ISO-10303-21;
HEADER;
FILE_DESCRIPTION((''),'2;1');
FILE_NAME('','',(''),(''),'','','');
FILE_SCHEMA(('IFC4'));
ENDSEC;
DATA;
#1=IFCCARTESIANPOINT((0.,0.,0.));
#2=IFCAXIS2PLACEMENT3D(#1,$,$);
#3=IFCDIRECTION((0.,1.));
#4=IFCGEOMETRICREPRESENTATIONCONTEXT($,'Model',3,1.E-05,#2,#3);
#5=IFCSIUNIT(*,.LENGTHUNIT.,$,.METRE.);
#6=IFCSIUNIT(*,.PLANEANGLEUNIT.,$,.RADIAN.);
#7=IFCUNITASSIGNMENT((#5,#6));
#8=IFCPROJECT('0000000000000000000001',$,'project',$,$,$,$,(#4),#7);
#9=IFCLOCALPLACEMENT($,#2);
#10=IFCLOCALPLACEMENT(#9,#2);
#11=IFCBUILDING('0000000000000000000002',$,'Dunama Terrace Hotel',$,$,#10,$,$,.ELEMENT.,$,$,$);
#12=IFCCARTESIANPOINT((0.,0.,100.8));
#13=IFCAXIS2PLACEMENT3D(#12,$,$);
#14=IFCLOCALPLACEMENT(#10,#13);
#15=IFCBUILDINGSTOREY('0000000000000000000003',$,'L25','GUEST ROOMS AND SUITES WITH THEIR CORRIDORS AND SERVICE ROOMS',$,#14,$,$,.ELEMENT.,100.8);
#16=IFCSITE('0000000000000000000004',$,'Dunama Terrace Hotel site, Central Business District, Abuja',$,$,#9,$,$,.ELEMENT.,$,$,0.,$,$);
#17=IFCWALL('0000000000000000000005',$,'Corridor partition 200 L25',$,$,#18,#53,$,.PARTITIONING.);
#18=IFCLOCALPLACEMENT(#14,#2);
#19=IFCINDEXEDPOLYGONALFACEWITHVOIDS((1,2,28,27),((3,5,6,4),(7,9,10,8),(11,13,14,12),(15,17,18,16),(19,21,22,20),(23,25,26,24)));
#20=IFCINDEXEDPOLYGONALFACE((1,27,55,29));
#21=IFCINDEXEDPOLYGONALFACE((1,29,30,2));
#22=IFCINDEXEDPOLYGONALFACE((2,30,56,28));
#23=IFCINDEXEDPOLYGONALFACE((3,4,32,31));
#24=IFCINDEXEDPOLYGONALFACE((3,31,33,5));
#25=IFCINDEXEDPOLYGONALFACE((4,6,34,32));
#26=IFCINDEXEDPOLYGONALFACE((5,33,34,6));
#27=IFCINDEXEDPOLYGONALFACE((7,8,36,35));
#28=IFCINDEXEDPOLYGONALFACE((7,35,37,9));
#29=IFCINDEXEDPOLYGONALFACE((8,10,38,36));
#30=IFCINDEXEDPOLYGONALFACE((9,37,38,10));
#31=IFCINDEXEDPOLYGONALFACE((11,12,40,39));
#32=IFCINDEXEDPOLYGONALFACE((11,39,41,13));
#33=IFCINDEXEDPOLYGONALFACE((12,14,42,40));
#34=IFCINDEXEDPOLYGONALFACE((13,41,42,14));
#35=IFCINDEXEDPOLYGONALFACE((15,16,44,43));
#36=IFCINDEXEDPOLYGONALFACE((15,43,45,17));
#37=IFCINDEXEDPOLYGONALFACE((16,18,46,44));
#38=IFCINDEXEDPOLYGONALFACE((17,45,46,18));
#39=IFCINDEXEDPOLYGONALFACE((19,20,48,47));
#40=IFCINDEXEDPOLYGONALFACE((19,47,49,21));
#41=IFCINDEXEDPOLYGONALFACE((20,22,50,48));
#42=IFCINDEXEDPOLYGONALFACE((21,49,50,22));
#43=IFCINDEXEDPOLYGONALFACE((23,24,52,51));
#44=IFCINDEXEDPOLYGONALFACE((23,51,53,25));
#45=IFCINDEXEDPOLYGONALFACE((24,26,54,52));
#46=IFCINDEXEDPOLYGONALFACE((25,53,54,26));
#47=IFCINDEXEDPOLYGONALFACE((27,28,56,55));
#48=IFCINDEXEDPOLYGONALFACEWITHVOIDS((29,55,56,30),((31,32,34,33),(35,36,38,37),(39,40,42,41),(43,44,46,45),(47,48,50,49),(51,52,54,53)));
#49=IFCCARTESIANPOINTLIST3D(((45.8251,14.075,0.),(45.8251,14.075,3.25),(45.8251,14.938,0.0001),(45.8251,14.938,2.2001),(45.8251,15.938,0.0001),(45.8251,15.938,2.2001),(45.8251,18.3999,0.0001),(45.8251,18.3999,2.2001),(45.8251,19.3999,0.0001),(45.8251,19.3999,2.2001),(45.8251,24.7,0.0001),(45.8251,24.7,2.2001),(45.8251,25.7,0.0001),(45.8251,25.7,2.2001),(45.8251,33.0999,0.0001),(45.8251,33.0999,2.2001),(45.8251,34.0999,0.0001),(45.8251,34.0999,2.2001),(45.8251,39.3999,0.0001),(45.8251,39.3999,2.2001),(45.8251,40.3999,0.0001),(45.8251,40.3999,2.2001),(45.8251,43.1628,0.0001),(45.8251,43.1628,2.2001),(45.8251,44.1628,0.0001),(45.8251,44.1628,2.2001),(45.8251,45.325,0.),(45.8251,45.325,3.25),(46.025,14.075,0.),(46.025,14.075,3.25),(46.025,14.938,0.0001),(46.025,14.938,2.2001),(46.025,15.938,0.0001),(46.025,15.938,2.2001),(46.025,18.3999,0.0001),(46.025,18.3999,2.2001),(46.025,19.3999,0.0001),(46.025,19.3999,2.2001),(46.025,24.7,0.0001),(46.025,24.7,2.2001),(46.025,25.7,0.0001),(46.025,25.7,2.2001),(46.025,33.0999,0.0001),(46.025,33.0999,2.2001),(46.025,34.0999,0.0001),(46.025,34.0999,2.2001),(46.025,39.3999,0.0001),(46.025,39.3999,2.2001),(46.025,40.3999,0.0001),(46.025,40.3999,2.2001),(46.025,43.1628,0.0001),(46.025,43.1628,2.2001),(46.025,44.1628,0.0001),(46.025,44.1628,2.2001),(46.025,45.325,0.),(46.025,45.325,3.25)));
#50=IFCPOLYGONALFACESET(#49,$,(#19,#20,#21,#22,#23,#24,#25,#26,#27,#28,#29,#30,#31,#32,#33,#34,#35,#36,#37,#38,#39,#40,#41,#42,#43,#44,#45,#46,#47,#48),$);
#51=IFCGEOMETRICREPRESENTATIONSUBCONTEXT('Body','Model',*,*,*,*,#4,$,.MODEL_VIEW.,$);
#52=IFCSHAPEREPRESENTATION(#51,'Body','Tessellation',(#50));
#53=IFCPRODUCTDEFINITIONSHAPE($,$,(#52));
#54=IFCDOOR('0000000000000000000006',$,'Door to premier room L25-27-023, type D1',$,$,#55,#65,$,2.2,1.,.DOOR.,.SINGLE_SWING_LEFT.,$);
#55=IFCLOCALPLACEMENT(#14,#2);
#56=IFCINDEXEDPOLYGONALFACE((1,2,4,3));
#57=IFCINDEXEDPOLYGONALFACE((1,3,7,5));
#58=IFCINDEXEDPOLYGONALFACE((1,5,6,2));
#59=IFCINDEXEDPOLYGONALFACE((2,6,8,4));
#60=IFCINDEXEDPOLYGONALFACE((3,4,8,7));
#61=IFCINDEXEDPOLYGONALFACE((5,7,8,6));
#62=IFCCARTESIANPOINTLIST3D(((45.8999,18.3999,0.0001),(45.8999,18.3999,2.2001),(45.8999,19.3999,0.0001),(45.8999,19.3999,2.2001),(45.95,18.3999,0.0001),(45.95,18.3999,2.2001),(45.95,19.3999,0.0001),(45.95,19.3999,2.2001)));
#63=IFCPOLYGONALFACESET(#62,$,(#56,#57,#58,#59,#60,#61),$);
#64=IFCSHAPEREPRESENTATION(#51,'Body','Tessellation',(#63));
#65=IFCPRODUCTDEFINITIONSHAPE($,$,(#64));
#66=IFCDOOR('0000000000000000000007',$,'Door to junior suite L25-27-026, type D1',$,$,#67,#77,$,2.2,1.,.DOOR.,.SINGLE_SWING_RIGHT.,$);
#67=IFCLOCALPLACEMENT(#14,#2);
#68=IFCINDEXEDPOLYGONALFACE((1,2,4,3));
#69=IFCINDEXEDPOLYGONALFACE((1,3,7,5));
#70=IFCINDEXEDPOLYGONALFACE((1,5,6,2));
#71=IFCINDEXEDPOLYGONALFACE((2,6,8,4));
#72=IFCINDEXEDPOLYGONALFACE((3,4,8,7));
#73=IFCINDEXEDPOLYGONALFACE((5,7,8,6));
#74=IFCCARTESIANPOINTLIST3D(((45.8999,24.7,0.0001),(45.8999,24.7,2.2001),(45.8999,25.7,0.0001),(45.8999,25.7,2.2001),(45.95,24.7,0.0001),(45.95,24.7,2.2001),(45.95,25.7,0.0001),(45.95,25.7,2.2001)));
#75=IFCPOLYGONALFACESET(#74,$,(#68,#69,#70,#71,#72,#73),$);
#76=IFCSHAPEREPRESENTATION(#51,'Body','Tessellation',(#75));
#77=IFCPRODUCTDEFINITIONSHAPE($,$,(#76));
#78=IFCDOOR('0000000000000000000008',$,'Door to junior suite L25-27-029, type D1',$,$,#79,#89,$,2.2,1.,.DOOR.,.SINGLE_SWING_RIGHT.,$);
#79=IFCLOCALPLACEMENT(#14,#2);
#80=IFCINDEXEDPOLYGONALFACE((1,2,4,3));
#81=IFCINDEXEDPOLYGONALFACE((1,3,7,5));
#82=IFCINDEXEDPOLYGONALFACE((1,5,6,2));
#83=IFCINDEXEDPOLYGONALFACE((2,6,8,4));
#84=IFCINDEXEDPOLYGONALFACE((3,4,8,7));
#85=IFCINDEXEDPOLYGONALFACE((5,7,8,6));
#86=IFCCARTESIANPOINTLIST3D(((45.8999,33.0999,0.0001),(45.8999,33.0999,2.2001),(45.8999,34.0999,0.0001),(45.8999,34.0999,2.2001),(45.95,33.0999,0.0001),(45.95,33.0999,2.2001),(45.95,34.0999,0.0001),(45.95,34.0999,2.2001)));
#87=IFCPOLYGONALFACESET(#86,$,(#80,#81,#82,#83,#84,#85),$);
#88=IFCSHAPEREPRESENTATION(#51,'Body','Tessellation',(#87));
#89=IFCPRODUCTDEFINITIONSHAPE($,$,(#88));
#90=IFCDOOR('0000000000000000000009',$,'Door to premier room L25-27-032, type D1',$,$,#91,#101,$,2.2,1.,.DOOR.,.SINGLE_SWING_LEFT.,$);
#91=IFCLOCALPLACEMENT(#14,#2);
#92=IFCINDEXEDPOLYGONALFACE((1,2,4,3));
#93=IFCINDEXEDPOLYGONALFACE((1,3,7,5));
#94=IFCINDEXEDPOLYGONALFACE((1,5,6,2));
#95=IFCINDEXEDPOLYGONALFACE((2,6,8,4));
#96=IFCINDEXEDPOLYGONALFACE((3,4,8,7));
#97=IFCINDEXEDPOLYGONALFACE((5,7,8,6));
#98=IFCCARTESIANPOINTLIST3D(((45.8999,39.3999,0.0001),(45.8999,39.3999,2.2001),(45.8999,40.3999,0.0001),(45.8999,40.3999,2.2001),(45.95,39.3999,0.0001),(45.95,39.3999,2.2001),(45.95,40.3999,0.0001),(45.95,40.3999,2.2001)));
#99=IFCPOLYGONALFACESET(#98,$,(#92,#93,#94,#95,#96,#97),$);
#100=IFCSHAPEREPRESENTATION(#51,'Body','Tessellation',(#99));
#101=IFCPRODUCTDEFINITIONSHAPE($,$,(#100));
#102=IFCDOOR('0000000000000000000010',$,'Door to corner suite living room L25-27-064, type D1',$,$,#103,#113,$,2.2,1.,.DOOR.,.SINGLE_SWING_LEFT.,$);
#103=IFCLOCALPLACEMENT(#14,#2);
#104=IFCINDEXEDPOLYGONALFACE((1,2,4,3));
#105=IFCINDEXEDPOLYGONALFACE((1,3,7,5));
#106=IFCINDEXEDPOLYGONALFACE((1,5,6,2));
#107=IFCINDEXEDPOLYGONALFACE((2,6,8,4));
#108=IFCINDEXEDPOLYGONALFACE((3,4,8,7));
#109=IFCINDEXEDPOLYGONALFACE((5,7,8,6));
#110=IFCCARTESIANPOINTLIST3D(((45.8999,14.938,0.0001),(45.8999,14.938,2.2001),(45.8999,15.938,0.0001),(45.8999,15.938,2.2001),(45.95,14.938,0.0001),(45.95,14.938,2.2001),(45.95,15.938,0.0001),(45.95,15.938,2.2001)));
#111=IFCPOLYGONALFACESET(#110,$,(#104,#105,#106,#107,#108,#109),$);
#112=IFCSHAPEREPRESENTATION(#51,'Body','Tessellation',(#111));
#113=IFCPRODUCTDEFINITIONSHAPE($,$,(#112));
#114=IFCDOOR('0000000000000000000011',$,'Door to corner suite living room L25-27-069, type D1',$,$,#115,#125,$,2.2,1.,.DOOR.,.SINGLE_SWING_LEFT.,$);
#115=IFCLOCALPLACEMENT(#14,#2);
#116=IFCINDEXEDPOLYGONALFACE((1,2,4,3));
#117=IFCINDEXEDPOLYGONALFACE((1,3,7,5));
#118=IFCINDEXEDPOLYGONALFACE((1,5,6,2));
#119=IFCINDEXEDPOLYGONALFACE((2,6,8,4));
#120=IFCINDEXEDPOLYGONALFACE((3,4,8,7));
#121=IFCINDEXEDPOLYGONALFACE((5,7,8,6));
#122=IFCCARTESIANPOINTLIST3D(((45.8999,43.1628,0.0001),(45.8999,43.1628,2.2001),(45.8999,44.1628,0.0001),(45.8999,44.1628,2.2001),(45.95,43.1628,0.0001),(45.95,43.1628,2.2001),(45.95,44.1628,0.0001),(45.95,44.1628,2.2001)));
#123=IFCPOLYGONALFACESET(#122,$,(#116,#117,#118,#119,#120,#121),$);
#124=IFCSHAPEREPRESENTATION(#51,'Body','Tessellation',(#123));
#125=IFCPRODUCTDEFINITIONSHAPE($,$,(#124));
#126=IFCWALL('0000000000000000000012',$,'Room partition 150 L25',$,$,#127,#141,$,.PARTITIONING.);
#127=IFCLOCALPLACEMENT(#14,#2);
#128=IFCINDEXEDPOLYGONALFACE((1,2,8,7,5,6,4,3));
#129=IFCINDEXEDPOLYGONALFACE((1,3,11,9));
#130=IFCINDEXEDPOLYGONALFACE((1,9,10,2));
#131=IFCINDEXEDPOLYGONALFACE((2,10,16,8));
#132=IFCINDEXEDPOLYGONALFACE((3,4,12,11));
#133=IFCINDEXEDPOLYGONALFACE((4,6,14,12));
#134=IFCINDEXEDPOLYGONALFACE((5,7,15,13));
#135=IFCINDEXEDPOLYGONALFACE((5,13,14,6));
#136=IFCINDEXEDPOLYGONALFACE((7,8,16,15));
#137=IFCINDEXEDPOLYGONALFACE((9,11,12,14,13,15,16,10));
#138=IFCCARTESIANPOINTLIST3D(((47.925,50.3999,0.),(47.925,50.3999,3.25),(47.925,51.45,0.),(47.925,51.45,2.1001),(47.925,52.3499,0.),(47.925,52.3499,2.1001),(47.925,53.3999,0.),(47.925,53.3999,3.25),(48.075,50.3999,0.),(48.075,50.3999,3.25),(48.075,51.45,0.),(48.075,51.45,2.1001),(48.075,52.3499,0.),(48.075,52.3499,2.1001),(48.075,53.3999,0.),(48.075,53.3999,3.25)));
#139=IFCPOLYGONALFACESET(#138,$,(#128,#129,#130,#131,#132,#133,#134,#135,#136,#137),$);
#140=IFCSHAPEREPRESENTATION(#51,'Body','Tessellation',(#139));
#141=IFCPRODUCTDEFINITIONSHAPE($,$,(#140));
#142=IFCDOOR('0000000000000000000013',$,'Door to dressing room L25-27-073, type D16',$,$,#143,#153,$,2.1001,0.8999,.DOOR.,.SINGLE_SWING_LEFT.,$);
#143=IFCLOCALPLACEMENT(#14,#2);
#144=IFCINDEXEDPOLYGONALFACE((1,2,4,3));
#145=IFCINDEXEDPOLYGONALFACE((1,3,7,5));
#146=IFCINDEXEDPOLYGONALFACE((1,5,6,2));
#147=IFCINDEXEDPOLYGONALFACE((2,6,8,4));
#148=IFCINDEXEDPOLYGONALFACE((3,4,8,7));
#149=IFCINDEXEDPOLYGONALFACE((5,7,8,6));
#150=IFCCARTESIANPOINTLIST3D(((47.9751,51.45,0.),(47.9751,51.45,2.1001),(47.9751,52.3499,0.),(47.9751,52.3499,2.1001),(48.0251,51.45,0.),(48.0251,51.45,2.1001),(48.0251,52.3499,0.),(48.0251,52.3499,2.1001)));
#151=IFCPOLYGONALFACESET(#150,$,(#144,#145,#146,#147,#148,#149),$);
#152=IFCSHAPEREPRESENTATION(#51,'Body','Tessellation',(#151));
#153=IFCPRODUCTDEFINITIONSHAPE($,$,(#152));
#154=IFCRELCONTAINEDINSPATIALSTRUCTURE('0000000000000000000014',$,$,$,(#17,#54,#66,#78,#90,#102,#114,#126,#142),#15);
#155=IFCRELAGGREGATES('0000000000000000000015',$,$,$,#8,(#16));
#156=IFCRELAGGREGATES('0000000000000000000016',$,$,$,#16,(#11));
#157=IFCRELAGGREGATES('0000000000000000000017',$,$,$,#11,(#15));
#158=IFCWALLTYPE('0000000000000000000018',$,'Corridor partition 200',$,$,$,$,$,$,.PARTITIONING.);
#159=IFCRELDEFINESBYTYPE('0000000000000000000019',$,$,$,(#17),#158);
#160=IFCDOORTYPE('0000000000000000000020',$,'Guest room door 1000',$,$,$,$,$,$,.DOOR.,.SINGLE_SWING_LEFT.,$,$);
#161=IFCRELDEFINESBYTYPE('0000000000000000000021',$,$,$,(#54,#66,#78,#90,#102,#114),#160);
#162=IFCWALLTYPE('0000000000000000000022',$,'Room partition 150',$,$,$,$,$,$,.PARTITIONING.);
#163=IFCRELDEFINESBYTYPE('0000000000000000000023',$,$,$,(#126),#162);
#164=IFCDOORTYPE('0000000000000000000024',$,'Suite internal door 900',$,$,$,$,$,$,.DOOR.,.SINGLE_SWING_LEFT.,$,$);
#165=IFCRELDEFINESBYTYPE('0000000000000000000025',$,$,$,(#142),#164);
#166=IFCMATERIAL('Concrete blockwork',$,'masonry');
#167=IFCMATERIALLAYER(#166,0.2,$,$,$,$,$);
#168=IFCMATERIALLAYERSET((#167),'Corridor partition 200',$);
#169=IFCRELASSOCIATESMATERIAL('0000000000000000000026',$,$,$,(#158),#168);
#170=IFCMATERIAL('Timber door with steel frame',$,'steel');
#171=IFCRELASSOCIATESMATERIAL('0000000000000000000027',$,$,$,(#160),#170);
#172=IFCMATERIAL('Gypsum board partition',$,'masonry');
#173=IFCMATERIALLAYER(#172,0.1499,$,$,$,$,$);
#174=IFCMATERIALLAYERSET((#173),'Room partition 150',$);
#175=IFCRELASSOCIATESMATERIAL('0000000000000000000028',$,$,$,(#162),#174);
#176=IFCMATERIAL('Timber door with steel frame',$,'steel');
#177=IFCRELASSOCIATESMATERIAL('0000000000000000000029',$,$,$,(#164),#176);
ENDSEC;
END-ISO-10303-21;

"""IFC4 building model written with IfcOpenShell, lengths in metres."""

from ifc_helpers import new_model, si_unit, direction, frame, frame_2d, origin, place, context, subcontext, project, spatial, rectangle, extrude, material, layer, layer_set, type_object, element, fill, save


model = new_model("IFC4")

# Units and contexts
model_context = context("Model", 3, precision=1e-05, world=origin(), true_north=direction((0.0, 1.0)))
body_context = subcontext(model_context, "Body", "Model", "MODEL_VIEW")
ifc_project = project(units=[si_unit("LENGTHUNIT", "METRE"), si_unit("PLANEANGLEUNIT", "RADIAN")], contexts=[model_context])

# Site, building, storey
site_placement = place(None, origin())
site = spatial("IfcSite", under=ifc_project, at=site_placement, Name="Dunama Terrace Hotel site, Central Business District, Abuja", CompositionType="ELEMENT", RefElevation=0.0)
building_placement = place(site_placement, origin())
building = spatial("IfcBuilding", under=site, at=building_placement, Name="Dunama Terrace Hotel", CompositionType="ELEMENT")
storey_placement = place(building_placement, frame((0.0, 0.0, 100.8)))
storey = spatial("IfcBuildingStorey", under=building, at=storey_placement, Name="L25", Description="GUEST ROOMS AND SUITES WITH THEIR CORRIDORS AND SERVICE ROOMS", CompositionType="ELEMENT", Elevation=100.8)

# Wall, openings, doors
ifc_material_1 = material(Name="Concrete blockwork", Category="masonry")
ifc_layer_1 = layer(ifc_material_1, 0.2)
ifc_layer_set_1 = layer_set([ifc_layer_1], Name="Corridor partition 200")
wall_type_1 = type_object("IfcWallType", Name="Corridor partition 200", PredefinedType="PARTITIONING", material=ifc_layer_set_1)
wall_1_placement = place(storey_placement, frame((45.925, 45.325, 0.0), z_axis=(0.0, 0.0, 1.0), x_axis=(0.0, -1.0, 0.0)))
wall_1 = element("IfcWall", 1, at=wall_1_placement, inside=storey, type_object=wall_type_1, Name="Corridor partition 200 L25", PredefinedType="PARTITIONING", context=body_context, shape_type="SweptSolid", body=[
    extrude(rectangle(XDim=31.25, YDim=0.2, at=frame_2d((15.625, 0.0))), origin(), (0.0, 0.0, 1.0), 3.25),
])
opening_1_placement = place(wall_1_placement, frame((25.925, 0.0, 0.0)))
opening_1 = element("IfcOpeningElement", 2, at=opening_1_placement, cuts=wall_1, PredefinedType="OPENING", context=body_context, shape_type="SweptSolid", body=[
    extrude(rectangle(XDim=1.0, YDim=2.2, at=frame_2d((0.5, 1.1001))), frame((0.0, 0.1099, 0.0), z_axis=(0.0, -1.0, 0.0), x_axis=(1.0, 0.0, 0.0)), (0.0, 0.0, 1.0), 0.22),
])
opening_2_placement = place(wall_1_placement, frame((19.625, 0.0, 0.0)))
opening_2 = element("IfcOpeningElement", 3, at=opening_2_placement, cuts=wall_1, PredefinedType="OPENING", context=body_context, shape_type="SweptSolid", body=[
    extrude(rectangle(XDim=1.0, YDim=2.2, at=frame_2d((0.5, 1.1001))), frame((0.0, 0.1099, 0.0), z_axis=(0.0, -1.0, 0.0), x_axis=(1.0, 0.0, 0.0)), (0.0, 0.0, 1.0), 0.22),
])
opening_3_placement = place(wall_1_placement, frame((11.2251, 0.0, 0.0)))
opening_3 = element("IfcOpeningElement", 4, at=opening_3_placement, cuts=wall_1, PredefinedType="OPENING", context=body_context, shape_type="SweptSolid", body=[
    extrude(rectangle(XDim=1.0, YDim=2.2, at=frame_2d((0.5, 1.1001))), frame((0.0, 0.1099, 0.0), z_axis=(0.0, -1.0, 0.0), x_axis=(1.0, 0.0, 0.0)), (0.0, 0.0, 1.0), 0.22),
])
opening_4_placement = place(wall_1_placement, frame((4.925, 0.0, 0.0)))
opening_4 = element("IfcOpeningElement", 5, at=opening_4_placement, cuts=wall_1, PredefinedType="OPENING", context=body_context, shape_type="SweptSolid", body=[
    extrude(rectangle(XDim=1.0, YDim=2.2, at=frame_2d((0.5, 1.1001))), frame((0.0, 0.1099, 0.0), z_axis=(0.0, -1.0, 0.0), x_axis=(1.0, 0.0, 0.0)), (0.0, 0.0, 1.0), 0.22),
])
opening_5_placement = place(wall_1_placement, frame((29.387, 0.0, 0.0)))
opening_5 = element("IfcOpeningElement", 6, at=opening_5_placement, cuts=wall_1, PredefinedType="OPENING", context=body_context, shape_type="SweptSolid", body=[
    extrude(rectangle(XDim=1.0, YDim=2.2, at=frame_2d((0.5, 1.1001))), frame((0.0, 0.1099, 0.0), z_axis=(0.0, -1.0, 0.0), x_axis=(1.0, 0.0, 0.0)), (0.0, 0.0, 1.0), 0.22),
])
opening_6_placement = place(wall_1_placement, frame((1.1621, 0.0, 0.0)))
opening_6 = element("IfcOpeningElement", 7, at=opening_6_placement, cuts=wall_1, PredefinedType="OPENING", context=body_context, shape_type="SweptSolid", body=[
    extrude(rectangle(XDim=1.0, YDim=2.2, at=frame_2d((0.5, 1.1001))), frame((0.0, 0.1099, 0.0), z_axis=(0.0, -1.0, 0.0), x_axis=(1.0, 0.0, 0.0)), (0.0, 0.0, 1.0), 0.22),
])
ifc_material_2 = material(Name="Timber door with steel frame", Category="steel")
door_type_1 = type_object("IfcDoorType", Name="Guest room door 1000", OperationType="SINGLE_SWING_LEFT", PredefinedType="DOOR", material=ifc_material_2)
door_1_placement = place(opening_1_placement, origin())
door_1 = element("IfcDoor", 8, at=door_1_placement, inside=storey, type_object=door_type_1, Name="Door to premier room L25-27-023, type D1", OperationType="SINGLE_SWING_LEFT", OverallHeight=2.2, OverallWidth=1.0, PredefinedType="DOOR", context=body_context, shape_type="SweptSolid", body=[
    extrude(rectangle(XDim=1.0, YDim=2.2, at=frame_2d((0.5, 1.1001))), frame((0.0, 0.0249, 0.0), z_axis=(0.0, -1.0, 0.0), x_axis=(1.0, 0.0, 0.0)), (0.0, 0.0, 1.0), 0.05),
])
fill(opening_1, door_1)
door_2_placement = place(opening_2_placement, origin())
door_2 = element("IfcDoor", 9, at=door_2_placement, inside=storey, type_object=door_type_1, Name="Door to junior suite L25-27-026, type D1", OperationType="SINGLE_SWING_RIGHT", OverallHeight=2.2, OverallWidth=1.0, PredefinedType="DOOR", context=body_context, shape_type="SweptSolid", body=[
    extrude(rectangle(XDim=1.0, YDim=2.2, at=frame_2d((0.5, 1.1001))), frame((0.0, 0.0249, 0.0), z_axis=(0.0, -1.0, 0.0), x_axis=(1.0, 0.0, 0.0)), (0.0, 0.0, 1.0), 0.05),
])
fill(opening_2, door_2)
door_3_placement = place(opening_3_placement, origin())
door_3 = element("IfcDoor", 10, at=door_3_placement, inside=storey, type_object=door_type_1, Name="Door to junior suite L25-27-029, type D1", OperationType="SINGLE_SWING_RIGHT", OverallHeight=2.2, OverallWidth=1.0, PredefinedType="DOOR", context=body_context, shape_type="SweptSolid", body=[
    extrude(rectangle(XDim=1.0, YDim=2.2, at=frame_2d((0.5, 1.1001))), frame((0.0, 0.0249, 0.0), z_axis=(0.0, -1.0, 0.0), x_axis=(1.0, 0.0, 0.0)), (0.0, 0.0, 1.0), 0.05),
])
fill(opening_3, door_3)
door_4_placement = place(opening_4_placement, origin())
door_4 = element("IfcDoor", 11, at=door_4_placement, inside=storey, type_object=door_type_1, Name="Door to premier room L25-27-032, type D1", OperationType="SINGLE_SWING_LEFT", OverallHeight=2.2, OverallWidth=1.0, PredefinedType="DOOR", context=body_context, shape_type="SweptSolid", body=[
    extrude(rectangle(XDim=1.0, YDim=2.2, at=frame_2d((0.5, 1.1001))), frame((0.0, 0.0249, 0.0), z_axis=(0.0, -1.0, 0.0), x_axis=(1.0, 0.0, 0.0)), (0.0, 0.0, 1.0), 0.05),
])
fill(opening_4, door_4)
door_5_placement = place(opening_5_placement, origin())
door_5 = element("IfcDoor", 12, at=door_5_placement, inside=storey, type_object=door_type_1, Name="Door to corner suite living room L25-27-064, type D1", OperationType="SINGLE_SWING_LEFT", OverallHeight=2.2, OverallWidth=1.0, PredefinedType="DOOR", context=body_context, shape_type="SweptSolid", body=[
    extrude(rectangle(XDim=1.0, YDim=2.2, at=frame_2d((0.5, 1.1001))), frame((0.0, 0.0249, 0.0), z_axis=(0.0, -1.0, 0.0), x_axis=(1.0, 0.0, 0.0)), (0.0, 0.0, 1.0), 0.05),
])
fill(opening_5, door_5)
door_6_placement = place(opening_6_placement, origin())
door_6 = element("IfcDoor", 13, at=door_6_placement, inside=storey, type_object=door_type_1, Name="Door to corner suite living room L25-27-069, type D1", OperationType="SINGLE_SWING_LEFT", OverallHeight=2.2, OverallWidth=1.0, PredefinedType="DOOR", context=body_context, shape_type="SweptSolid", body=[
    extrude(rectangle(XDim=1.0, YDim=2.2, at=frame_2d((0.5, 1.1001))), frame((0.0, 0.0249, 0.0), z_axis=(0.0, -1.0, 0.0), x_axis=(1.0, 0.0, 0.0)), (0.0, 0.0, 1.0), 0.05),
])
fill(opening_6, door_6)

# Wall, opening, door
ifc_material_3 = material(Name="Gypsum board partition", Category="masonry")
ifc_layer_2 = layer(ifc_material_3, 0.1499)
ifc_layer_set_2 = layer_set([ifc_layer_2], Name="Room partition 150")
wall_type_2 = type_object("IfcWallType", Name="Room partition 150", PredefinedType="PARTITIONING", material=ifc_layer_set_2)
wall_2_placement = place(storey_placement, frame((48.0, 50.3999, 0.0), z_axis=(0.0, 0.0, 1.0), x_axis=(0.0, 1.0, 0.0)))
wall_2 = element("IfcWall", 14, at=wall_2_placement, inside=storey, type_object=wall_type_2, Name="Room partition 150 L25", PredefinedType="PARTITIONING", context=body_context, shape_type="SweptSolid", body=[
    extrude(rectangle(XDim=3.0, YDim=0.1499, at=frame_2d((1.5, 0.0))), origin(), (0.0, 0.0, 1.0), 3.25),
])
opening_7_placement = place(wall_2_placement, frame((1.05, 0.0, 0.0)))
opening_7 = element("IfcOpeningElement", 15, at=opening_7_placement, cuts=wall_2, PredefinedType="OPENING", context=body_context, shape_type="SweptSolid", body=[
    extrude(rectangle(XDim=0.8999, YDim=2.1001, at=frame_2d((0.45, 1.05))), frame((0.0, 0.085, 0.0), z_axis=(0.0, -1.0, 0.0), x_axis=(1.0, 0.0, 0.0)), (0.0, 0.0, 1.0), 0.1699),
])
ifc_material_4 = material(Name="Timber door with steel frame", Category="steel")
door_type_2 = type_object("IfcDoorType", Name="Suite internal door 900", OperationType="SINGLE_SWING_LEFT", PredefinedType="DOOR", material=ifc_material_4)
door_7_placement = place(opening_7_placement, origin())
door_7 = element("IfcDoor", 16, at=door_7_placement, inside=storey, type_object=door_type_2, Name="Door to dressing room L25-27-073, type D16", OperationType="SINGLE_SWING_LEFT", OverallHeight=2.1001, OverallWidth=0.8999, PredefinedType="DOOR", context=body_context, shape_type="SweptSolid", body=[
    extrude(rectangle(XDim=0.8999, YDim=2.1001, at=frame_2d((0.45, 1.05))), frame((0.0, 0.0249, 0.0), z_axis=(0.0, -1.0, 0.0), x_axis=(1.0, 0.0, 0.0)), (0.0, 0.0, 1.0), 0.05),
])
fill(opening_7, door_7)

save(model, "model.ifc")
